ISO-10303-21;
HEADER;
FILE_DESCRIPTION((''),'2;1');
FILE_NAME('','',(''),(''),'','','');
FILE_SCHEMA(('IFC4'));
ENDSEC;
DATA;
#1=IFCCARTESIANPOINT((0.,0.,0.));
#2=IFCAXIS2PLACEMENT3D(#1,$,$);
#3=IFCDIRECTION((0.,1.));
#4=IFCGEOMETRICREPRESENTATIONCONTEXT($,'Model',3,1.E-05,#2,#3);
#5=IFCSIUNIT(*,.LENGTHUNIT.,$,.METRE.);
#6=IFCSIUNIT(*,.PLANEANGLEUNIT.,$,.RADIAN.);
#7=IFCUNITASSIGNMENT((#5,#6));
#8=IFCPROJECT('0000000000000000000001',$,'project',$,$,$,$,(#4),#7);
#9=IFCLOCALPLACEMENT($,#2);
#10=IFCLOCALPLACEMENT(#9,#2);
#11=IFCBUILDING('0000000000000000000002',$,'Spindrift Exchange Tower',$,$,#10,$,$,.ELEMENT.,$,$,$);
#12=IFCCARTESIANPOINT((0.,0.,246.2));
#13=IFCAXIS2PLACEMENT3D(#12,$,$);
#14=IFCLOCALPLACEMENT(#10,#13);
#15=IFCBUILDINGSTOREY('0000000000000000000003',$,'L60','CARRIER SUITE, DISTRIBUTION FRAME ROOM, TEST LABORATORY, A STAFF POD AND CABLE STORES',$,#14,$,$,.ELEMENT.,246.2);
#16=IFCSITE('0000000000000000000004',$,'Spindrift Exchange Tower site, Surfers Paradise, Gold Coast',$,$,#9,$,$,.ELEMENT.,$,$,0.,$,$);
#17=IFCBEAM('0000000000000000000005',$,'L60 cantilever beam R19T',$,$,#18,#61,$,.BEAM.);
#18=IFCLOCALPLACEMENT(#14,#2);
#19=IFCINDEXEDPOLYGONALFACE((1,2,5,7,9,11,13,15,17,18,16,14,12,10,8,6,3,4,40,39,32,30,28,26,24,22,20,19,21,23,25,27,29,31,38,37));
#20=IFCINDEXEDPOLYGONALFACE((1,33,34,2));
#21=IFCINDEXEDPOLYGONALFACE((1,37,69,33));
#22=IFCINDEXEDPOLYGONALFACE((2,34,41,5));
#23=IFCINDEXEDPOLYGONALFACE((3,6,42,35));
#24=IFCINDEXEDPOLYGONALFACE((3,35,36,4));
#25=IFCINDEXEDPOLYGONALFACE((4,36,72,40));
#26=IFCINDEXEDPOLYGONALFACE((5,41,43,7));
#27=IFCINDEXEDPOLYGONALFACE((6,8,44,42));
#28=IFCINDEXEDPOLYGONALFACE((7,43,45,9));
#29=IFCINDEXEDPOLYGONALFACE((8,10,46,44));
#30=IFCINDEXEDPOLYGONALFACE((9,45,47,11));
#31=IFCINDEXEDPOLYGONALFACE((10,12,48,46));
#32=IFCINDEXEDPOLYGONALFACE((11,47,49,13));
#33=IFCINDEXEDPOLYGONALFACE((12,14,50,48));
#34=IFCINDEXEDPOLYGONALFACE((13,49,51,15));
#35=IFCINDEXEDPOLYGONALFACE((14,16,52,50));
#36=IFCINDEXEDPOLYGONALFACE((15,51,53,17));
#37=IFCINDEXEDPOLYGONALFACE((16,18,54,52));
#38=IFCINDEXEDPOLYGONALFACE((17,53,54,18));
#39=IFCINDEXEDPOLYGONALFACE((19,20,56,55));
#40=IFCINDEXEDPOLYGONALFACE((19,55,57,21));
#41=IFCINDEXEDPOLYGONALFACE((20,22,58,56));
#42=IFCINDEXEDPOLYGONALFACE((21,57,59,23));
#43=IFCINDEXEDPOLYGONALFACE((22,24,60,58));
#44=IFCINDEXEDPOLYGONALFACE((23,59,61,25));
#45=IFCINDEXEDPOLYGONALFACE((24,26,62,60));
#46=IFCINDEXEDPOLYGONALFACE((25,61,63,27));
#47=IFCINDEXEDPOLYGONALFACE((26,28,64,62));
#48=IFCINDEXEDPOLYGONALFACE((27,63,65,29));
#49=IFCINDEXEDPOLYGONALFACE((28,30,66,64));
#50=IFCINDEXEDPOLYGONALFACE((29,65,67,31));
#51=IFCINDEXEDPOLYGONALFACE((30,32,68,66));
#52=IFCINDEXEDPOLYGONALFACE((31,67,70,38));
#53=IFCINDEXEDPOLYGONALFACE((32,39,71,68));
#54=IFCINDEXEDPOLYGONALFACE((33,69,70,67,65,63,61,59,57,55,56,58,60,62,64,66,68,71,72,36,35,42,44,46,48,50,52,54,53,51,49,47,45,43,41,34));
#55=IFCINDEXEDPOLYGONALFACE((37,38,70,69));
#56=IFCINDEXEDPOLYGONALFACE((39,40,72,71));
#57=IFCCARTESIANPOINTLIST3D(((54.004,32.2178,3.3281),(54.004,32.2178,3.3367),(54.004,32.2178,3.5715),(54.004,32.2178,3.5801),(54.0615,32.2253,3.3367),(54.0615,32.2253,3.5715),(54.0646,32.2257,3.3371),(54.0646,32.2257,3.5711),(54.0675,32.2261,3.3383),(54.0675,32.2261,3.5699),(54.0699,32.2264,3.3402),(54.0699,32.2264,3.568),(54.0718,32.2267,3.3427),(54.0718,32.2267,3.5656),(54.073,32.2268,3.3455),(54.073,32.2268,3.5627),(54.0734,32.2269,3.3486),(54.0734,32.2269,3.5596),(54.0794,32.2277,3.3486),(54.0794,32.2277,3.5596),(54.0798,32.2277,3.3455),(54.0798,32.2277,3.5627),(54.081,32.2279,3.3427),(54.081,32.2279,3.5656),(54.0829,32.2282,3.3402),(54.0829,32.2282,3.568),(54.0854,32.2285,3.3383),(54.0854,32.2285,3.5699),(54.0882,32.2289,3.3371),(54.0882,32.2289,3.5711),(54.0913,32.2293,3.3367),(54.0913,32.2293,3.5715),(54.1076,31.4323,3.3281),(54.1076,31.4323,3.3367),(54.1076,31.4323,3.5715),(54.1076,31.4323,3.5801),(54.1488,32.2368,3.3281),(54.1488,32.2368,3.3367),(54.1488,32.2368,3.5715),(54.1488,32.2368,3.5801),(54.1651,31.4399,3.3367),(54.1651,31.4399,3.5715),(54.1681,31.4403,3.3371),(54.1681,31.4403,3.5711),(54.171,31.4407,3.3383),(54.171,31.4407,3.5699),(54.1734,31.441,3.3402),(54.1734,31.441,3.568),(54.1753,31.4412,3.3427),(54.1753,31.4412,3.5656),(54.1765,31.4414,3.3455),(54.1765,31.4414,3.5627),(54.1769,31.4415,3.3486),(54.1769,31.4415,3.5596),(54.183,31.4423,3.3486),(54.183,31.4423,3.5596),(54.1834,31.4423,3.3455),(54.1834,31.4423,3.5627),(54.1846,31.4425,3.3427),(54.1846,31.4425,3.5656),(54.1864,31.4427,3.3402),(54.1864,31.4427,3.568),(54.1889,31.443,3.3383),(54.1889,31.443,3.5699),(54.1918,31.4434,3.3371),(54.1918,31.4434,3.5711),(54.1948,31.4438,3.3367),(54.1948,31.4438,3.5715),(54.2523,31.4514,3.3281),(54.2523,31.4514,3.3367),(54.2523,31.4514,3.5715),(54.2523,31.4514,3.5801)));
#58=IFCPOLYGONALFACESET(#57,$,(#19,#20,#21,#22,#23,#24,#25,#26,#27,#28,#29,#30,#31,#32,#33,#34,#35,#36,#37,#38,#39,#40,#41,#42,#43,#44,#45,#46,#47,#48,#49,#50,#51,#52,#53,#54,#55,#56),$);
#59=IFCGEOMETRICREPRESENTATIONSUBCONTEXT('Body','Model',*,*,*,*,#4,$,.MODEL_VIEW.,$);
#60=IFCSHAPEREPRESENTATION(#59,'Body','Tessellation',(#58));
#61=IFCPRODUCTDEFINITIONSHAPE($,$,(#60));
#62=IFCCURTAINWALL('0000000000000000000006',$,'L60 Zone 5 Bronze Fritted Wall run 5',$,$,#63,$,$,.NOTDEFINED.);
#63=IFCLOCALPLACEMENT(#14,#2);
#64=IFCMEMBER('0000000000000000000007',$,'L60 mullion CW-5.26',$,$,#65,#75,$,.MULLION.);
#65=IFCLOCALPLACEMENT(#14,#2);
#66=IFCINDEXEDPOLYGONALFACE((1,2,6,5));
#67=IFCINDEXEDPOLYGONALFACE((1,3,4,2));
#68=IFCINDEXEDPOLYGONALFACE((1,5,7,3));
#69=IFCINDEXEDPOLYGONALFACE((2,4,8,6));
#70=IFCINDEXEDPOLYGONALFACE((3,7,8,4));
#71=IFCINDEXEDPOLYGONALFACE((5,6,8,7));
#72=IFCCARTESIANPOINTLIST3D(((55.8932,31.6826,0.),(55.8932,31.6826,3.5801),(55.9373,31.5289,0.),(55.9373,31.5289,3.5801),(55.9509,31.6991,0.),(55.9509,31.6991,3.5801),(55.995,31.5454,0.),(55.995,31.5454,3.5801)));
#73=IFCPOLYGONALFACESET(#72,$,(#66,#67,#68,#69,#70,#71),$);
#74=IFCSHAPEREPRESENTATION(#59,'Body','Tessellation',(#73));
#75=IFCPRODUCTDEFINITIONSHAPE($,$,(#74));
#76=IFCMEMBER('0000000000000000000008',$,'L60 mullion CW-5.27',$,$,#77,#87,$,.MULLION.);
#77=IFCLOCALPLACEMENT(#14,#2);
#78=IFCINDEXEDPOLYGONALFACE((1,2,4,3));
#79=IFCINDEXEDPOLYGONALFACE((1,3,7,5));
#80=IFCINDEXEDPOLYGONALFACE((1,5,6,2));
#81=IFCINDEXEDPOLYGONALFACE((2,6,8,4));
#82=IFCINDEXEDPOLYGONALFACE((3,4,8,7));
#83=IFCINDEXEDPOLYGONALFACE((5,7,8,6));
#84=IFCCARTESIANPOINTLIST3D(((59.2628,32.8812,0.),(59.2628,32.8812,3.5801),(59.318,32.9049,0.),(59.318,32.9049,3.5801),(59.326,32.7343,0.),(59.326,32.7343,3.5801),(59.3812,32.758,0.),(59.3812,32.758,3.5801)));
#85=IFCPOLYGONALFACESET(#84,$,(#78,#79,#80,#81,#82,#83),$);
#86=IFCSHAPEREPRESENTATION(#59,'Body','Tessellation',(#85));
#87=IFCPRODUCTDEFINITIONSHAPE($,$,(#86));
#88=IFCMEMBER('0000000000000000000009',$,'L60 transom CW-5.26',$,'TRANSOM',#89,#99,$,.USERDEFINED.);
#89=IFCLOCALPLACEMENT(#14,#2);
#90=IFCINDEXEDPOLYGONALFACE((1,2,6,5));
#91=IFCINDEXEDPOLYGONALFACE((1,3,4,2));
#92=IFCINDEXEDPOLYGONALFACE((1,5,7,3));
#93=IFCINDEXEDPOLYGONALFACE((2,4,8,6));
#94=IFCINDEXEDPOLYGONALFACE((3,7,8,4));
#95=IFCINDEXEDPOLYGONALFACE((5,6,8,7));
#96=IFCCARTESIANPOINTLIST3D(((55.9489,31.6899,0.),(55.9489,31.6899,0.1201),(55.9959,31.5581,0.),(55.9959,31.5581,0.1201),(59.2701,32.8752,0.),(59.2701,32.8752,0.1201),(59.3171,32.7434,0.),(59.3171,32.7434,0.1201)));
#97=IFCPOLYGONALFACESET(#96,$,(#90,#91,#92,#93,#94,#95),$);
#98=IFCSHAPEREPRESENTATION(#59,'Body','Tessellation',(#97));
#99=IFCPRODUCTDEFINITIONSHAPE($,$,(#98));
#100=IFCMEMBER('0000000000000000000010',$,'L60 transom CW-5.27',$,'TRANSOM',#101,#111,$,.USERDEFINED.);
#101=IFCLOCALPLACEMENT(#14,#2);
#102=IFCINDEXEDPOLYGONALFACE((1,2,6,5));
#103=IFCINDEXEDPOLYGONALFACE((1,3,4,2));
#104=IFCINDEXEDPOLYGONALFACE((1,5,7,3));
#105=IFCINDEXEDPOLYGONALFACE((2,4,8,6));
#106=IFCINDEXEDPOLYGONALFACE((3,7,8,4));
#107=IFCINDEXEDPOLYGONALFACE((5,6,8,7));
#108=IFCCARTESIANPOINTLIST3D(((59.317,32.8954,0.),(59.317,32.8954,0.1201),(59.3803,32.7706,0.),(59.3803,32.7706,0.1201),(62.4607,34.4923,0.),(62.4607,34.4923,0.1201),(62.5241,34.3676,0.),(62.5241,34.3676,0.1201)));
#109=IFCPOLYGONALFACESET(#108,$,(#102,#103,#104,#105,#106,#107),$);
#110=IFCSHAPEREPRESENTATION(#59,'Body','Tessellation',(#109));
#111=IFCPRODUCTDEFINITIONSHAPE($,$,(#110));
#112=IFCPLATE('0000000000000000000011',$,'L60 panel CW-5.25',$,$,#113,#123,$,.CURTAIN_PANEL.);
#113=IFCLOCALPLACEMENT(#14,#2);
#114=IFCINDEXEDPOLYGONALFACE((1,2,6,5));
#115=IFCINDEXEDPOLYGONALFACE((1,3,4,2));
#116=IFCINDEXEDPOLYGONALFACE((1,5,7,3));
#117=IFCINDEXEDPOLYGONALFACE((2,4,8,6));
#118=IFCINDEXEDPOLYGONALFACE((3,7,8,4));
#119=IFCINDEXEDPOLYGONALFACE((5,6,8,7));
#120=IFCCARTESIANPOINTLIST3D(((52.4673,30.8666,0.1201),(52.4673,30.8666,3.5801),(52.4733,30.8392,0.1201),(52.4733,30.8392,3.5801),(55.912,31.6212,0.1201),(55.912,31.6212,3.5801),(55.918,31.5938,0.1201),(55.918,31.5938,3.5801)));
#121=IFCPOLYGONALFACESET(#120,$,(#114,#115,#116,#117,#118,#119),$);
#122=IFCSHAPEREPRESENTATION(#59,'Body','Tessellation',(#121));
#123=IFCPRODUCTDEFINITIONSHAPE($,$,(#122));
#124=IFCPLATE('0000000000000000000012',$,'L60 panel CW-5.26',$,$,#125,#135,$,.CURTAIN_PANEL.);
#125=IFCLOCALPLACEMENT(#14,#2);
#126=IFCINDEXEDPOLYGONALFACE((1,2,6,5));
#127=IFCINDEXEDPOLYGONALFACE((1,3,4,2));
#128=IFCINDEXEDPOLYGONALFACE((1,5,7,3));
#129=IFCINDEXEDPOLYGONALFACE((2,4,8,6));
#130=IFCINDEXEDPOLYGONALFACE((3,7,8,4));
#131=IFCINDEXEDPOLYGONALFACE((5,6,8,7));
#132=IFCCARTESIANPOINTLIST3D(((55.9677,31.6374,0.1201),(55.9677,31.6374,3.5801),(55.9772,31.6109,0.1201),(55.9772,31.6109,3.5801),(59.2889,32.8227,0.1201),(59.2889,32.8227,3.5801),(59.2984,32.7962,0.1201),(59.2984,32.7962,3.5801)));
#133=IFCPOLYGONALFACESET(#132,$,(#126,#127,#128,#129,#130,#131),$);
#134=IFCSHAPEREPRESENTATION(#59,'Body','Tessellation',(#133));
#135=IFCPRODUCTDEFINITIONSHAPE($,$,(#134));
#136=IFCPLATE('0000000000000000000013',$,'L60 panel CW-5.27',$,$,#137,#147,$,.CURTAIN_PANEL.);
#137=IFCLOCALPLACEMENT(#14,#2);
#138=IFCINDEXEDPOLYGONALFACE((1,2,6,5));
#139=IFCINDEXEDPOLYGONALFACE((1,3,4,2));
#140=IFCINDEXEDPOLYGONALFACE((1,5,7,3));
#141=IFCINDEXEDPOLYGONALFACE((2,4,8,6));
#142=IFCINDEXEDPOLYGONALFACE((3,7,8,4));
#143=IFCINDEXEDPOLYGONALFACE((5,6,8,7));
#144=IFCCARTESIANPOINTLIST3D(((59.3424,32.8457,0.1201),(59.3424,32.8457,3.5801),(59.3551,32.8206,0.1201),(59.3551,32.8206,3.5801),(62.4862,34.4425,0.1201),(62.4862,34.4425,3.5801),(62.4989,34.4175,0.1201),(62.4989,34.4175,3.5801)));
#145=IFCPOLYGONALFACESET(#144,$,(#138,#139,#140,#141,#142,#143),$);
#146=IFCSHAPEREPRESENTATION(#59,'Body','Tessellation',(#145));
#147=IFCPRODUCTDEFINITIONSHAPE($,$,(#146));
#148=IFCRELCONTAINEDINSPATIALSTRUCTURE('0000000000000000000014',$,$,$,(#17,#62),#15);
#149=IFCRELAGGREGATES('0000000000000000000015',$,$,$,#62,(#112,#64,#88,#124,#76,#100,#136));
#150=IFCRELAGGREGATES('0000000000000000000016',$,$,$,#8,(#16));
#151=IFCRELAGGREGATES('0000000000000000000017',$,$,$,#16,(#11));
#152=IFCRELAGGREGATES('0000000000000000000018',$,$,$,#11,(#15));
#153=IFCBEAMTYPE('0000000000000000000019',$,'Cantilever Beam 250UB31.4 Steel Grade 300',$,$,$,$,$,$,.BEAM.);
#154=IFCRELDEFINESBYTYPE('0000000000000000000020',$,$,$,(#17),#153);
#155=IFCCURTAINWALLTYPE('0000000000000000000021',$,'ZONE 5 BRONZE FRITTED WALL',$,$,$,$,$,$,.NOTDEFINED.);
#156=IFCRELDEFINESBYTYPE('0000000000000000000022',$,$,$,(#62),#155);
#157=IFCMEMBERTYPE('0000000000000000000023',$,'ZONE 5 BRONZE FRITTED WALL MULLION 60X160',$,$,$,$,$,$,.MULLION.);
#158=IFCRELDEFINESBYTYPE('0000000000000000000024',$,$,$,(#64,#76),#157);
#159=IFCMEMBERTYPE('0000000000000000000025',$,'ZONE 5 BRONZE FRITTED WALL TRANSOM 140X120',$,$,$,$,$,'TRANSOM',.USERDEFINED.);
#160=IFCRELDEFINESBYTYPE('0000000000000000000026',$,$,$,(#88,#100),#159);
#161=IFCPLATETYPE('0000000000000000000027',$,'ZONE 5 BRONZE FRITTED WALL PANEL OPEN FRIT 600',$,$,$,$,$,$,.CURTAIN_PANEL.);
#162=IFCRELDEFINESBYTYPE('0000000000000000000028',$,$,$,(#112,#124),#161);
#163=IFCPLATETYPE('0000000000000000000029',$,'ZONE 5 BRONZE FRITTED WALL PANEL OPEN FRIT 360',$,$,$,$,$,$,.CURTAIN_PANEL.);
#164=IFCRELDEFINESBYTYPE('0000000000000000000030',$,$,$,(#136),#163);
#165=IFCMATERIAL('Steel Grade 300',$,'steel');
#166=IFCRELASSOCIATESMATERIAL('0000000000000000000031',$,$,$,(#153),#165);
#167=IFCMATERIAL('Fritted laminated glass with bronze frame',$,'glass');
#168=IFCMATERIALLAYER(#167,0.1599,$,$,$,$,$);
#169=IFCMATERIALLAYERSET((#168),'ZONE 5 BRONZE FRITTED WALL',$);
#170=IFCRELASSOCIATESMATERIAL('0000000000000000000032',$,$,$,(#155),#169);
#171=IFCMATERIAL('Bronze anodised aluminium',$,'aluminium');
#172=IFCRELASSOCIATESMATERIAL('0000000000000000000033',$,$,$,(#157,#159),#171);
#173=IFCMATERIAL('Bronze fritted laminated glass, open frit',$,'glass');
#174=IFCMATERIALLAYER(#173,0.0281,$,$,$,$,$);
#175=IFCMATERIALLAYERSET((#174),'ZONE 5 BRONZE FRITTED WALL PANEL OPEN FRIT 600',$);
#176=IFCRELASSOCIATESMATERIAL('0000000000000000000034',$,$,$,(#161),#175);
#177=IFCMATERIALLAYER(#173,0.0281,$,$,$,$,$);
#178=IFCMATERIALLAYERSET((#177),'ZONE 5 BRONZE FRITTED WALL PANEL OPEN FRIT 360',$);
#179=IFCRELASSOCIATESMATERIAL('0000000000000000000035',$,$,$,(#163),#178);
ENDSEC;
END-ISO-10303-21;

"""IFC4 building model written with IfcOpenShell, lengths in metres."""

from ifc_helpers import new_model, si_unit, direction, frame, origin, origin_2d, place, context, subcontext, project, spatial, rectangle, i_section, extrude, source, transform, mapped, material, layer, layer_set, material_profile, profile_set, type_object, element, aggregate, save


model = new_model("IFC4")

# Units and contexts
model_context = context("Model", 3, precision=1e-05, world=origin(), true_north=direction((0.0, 1.0)))
body_context = subcontext(model_context, "Body", "Model", "MODEL_VIEW")
ifc_project = project(units=[si_unit("LENGTHUNIT", "METRE"), si_unit("PLANEANGLEUNIT", "RADIAN")], contexts=[model_context])

# Site, building, storey
site_placement = place(None, origin())
site = spatial("IfcSite", under=ifc_project, at=site_placement, Name="Spindrift Exchange Tower site, Surfers Paradise, Gold Coast", CompositionType="ELEMENT", RefElevation=0.0)
building_placement = place(site_placement, origin())
building = spatial("IfcBuilding", under=site, at=building_placement, Name="Spindrift Exchange Tower", CompositionType="ELEMENT")
storey_placement = place(building_placement, frame((0.0, 0.0, 246.2)))
storey = spatial("IfcBuildingStorey", under=building, at=storey_placement, Name="L60", Description="CARRIER SUITE, DISTRIBUTION FRAME ROOM, TEST LABORATORY, A STAFF POD AND CABLE STORES", CompositionType="ELEMENT", Elevation=246.2)

# Beam
ifc_material_1 = material(Name="Steel Grade 300", Category="steel")
ifc_material_profile_1 = material_profile(ifc_material_1, i_section(OverallWidth=0.146, OverallDepth=0.252, WebThickness=0.0061, FlangeThickness=0.0085, FilletRadius=0.012, at=origin_2d()), Name="250UB31.4")
ifc_profile_set_1 = profile_set([ifc_material_profile_1], Name="Steel Grade 300")
beam_type_1 = type_object("IfcBeamType", Name="Cantilever Beam 250UB31.4 Steel Grade 300", PredefinedType="BEAM", material=ifc_profile_set_1)
shared_shape_1 = source(origin(), body_context, "Body", "SweptSolid", [
    extrude(i_section(OverallWidth=0.146, OverallDepth=0.252, WebThickness=0.0061, FlangeThickness=0.0085, FilletRadius=0.012, at=origin_2d()), origin(), (0.0, 0.0, 1.0), 0.7922),
])
beam_1_placement = place(storey_placement, frame((54.0764, 32.2273, 3.4541), z_axis=(0.13067, -0.991426, 0.0), x_axis=(0.991426, 0.13067, 0.0)))
element("IfcBeam", 1, at=beam_1_placement, inside=storey, type_object=beam_type_1, Name="L60 cantilever beam R19T", PredefinedType="BEAM", context=body_context, shape_type="MappedRepresentation", body=[
    mapped(shared_shape_1, transform((0.0, 0.0, 0.0), scale=1.0)),
])

# Curtain wall, members, plates
ifc_material_2 = material(Name="Fritted laminated glass with bronze frame", Category="glass")
ifc_layer_1 = layer(ifc_material_2, 0.1599)
ifc_layer_set_1 = layer_set([ifc_layer_1], Name="ZONE 5 BRONZE FRITTED WALL")
curtain_wall_type = type_object("IfcCurtainWallType", Name="ZONE 5 BRONZE FRITTED WALL", PredefinedType="NOTDEFINED", material=ifc_layer_set_1)
curtain_wall_placement = place(storey_placement, origin())
curtain_wall = element("IfcCurtainWall", 2, at=curtain_wall_placement, inside=storey, type_object=curtain_wall_type, Name="L60 Zone 5 Bronze Fritted Wall run 5", PredefinedType="NOTDEFINED")
ifc_material_3 = material(Name="Bronze anodised aluminium", Category="aluminium")
ifc_material_profile_2 = material_profile(ifc_material_3, rectangle(XDim=0.0601, YDim=0.1599, at=origin_2d()), Name="ZONE 5 BRONZE FRITTED WALL MULLION 60X160")
ifc_profile_set_2 = profile_set([ifc_material_profile_2], Name="Bronze anodised aluminium")
member_type_1 = type_object("IfcMemberType", Name="ZONE 5 BRONZE FRITTED WALL MULLION 60X160", PredefinedType="MULLION", material=ifc_profile_set_2)
shared_shape_2 = source(origin(), body_context, "Body", "SweptSolid", [
    extrude(rectangle(XDim=0.0601, YDim=0.1599, at=origin_2d()), origin(), (0.0, 0.0, 1.0), 3.5801),
])
member_1_placement = place(storey_placement, frame((55.9441, 31.614, 0.0), z_axis=(0.0, 0.0, 1.0), x_axis=(0.961268, 0.275615, 0.0)))
member_1 = element("IfcMember", 3, at=member_1_placement, type_object=member_type_1, Name="L60 mullion CW-5.26", PredefinedType="MULLION", context=body_context, shape_type="MappedRepresentation", body=[
    mapped(shared_shape_2, transform((0.0, 0.0, 0.0), scale=1.0)),
])
member_2_placement = place(storey_placement, frame((59.322, 32.8196, 0.0), z_axis=(0.0, 0.0, 1.0), x_axis=(0.918552, 0.395301, 0.0)))
member_2 = element("IfcMember", 4, at=member_2_placement, type_object=member_type_1, Name="L60 mullion CW-5.27", PredefinedType="MULLION", context=body_context, shape_type="MappedRepresentation", body=[
    mapped(shared_shape_2, transform((0.0, 0.0, 0.0), scale=1.0)),
])
ifc_material_profile_3 = material_profile(ifc_material_3, rectangle(XDim=0.1399, YDim=0.1201, at=origin_2d()), Name="ZONE 5 BRONZE FRITTED WALL TRANSOM 140X120")
ifc_profile_set_3 = profile_set([ifc_material_profile_3], Name="Bronze anodised aluminium")
member_type_2 = type_object("IfcMemberType", Name="ZONE 5 BRONZE FRITTED WALL TRANSOM 140X120", ElementType="TRANSOM", PredefinedType="USERDEFINED", material=ifc_profile_set_3)
shared_shape_3 = source(origin(), body_context, "Body", "SweptSolid", [
    extrude(rectangle(XDim=0.1399, YDim=0.1201, at=origin_2d()), origin(), (0.0, 0.0, 1.0), 3.5264),
])
member_3_placement = place(storey_placement, frame((55.9724, 31.624, 0.0601), z_axis=(0.94182, 0.336117, 0.0), x_axis=(-0.336117, 0.94182, 0.0)))
member_3 = element("IfcMember", 5, at=member_3_placement, type_object=member_type_2, Name="L60 transom CW-5.26", ObjectType="TRANSOM", PredefinedType="USERDEFINED", context=body_context, shape_type="MappedRepresentation", body=[
    mapped(shared_shape_3, transform((0.0, 0.0, 0.0), scale=1.0)),
])
shared_shape_4 = source(origin(), body_context, "Body", "SweptSolid", [
    extrude(rectangle(XDim=0.1399, YDim=0.1201, at=origin_2d()), origin(), (0.0, 0.0, 1.0), 3.5261),
])
member_4_placement = place(storey_placement, frame((59.3486, 32.833, 0.0601), z_axis=(0.89157, 0.452882, 0.0), x_axis=(-0.452882, 0.89157, 0.0)))
member_4 = element("IfcMember", 6, at=member_4_placement, type_object=member_type_2, Name="L60 transom CW-5.27", ObjectType="TRANSOM", PredefinedType="USERDEFINED", context=body_context, shape_type="MappedRepresentation", body=[
    mapped(shared_shape_4, transform((0.0, 0.0, 0.0), scale=1.0)),
])
ifc_material_4 = material(Name="Bronze fritted laminated glass, open frit", Category="glass")
ifc_layer_2 = layer(ifc_material_4, 0.0281)
ifc_layer_set_2 = layer_set([ifc_layer_2], Name="ZONE 5 BRONZE FRITTED WALL PANEL OPEN FRIT 600")
plate_type_1 = type_object("IfcPlateType", Name="ZONE 5 BRONZE FRITTED WALL PANEL OPEN FRIT 600", PredefinedType="CURTAIN_PANEL", material=ifc_layer_set_2)
shared_shape_5 = source(origin(), body_context, "Body", "SweptSolid", [
    extrude(rectangle(XDim=3.5264, YDim=0.0281, at=origin_2d()), origin(), (0.0, 0.0, 1.0), 3.46),
])
plate_1_placement = place(storey_placement, frame((54.1926, 31.2302, 0.1201), z_axis=(0.0, 0.0, 1.0), x_axis=(0.976837, 0.213984, 0.0)))
plate_1 = element("IfcPlate", 7, at=plate_1_placement, type_object=plate_type_1, Name="L60 panel CW-5.25", PredefinedType="CURTAIN_PANEL", context=body_context, shape_type="MappedRepresentation", body=[
    mapped(shared_shape_5, transform((0.0, 0.0, 0.0), scale=1.0)),
])
plate_2_placement = place(storey_placement, frame((57.6331, 32.2168, 0.1201), z_axis=(0.0, 0.0, 1.0), x_axis=(0.941814, 0.336134, 0.0)))
plate_2 = element("IfcPlate", 8, at=plate_2_placement, type_object=plate_type_1, Name="L60 panel CW-5.26", PredefinedType="CURTAIN_PANEL", context=body_context, shape_type="MappedRepresentation", body=[
    mapped(shared_shape_5, transform((0.0, 0.0, 0.0), scale=1.0)),
])
ifc_layer_3 = layer(ifc_material_4, 0.0281)
ifc_layer_set_3 = layer_set([ifc_layer_3], Name="ZONE 5 BRONZE FRITTED WALL PANEL OPEN FRIT 360")
plate_type_2 = type_object("IfcPlateType", Name="ZONE 5 BRONZE FRITTED WALL PANEL OPEN FRIT 360", PredefinedType="CURTAIN_PANEL", material=ifc_layer_set_3)
shared_shape_6 = source(origin(), body_context, "Body", "SweptSolid", [
    extrude(rectangle(XDim=3.5261, YDim=0.0281, at=origin_2d()), origin(), (0.0, 0.0, 1.0), 3.46),
])
plate_3_placement = place(storey_placement, frame((60.9207, 33.6316, 0.1201), z_axis=(0.0, 0.0, 1.0), x_axis=(0.891576, 0.45287, 0.0)))
plate_3 = element("IfcPlate", 9, at=plate_3_placement, type_object=plate_type_2, Name="L60 panel CW-5.27", PredefinedType="CURTAIN_PANEL", context=body_context, shape_type="MappedRepresentation", body=[
    mapped(shared_shape_6, transform((0.0, 0.0, 0.0), scale=1.0)),
])
aggregate(curtain_wall, [plate_1, member_1, member_3, plate_2, member_2, member_4, plate_3])

save(model, "model.ifc")
